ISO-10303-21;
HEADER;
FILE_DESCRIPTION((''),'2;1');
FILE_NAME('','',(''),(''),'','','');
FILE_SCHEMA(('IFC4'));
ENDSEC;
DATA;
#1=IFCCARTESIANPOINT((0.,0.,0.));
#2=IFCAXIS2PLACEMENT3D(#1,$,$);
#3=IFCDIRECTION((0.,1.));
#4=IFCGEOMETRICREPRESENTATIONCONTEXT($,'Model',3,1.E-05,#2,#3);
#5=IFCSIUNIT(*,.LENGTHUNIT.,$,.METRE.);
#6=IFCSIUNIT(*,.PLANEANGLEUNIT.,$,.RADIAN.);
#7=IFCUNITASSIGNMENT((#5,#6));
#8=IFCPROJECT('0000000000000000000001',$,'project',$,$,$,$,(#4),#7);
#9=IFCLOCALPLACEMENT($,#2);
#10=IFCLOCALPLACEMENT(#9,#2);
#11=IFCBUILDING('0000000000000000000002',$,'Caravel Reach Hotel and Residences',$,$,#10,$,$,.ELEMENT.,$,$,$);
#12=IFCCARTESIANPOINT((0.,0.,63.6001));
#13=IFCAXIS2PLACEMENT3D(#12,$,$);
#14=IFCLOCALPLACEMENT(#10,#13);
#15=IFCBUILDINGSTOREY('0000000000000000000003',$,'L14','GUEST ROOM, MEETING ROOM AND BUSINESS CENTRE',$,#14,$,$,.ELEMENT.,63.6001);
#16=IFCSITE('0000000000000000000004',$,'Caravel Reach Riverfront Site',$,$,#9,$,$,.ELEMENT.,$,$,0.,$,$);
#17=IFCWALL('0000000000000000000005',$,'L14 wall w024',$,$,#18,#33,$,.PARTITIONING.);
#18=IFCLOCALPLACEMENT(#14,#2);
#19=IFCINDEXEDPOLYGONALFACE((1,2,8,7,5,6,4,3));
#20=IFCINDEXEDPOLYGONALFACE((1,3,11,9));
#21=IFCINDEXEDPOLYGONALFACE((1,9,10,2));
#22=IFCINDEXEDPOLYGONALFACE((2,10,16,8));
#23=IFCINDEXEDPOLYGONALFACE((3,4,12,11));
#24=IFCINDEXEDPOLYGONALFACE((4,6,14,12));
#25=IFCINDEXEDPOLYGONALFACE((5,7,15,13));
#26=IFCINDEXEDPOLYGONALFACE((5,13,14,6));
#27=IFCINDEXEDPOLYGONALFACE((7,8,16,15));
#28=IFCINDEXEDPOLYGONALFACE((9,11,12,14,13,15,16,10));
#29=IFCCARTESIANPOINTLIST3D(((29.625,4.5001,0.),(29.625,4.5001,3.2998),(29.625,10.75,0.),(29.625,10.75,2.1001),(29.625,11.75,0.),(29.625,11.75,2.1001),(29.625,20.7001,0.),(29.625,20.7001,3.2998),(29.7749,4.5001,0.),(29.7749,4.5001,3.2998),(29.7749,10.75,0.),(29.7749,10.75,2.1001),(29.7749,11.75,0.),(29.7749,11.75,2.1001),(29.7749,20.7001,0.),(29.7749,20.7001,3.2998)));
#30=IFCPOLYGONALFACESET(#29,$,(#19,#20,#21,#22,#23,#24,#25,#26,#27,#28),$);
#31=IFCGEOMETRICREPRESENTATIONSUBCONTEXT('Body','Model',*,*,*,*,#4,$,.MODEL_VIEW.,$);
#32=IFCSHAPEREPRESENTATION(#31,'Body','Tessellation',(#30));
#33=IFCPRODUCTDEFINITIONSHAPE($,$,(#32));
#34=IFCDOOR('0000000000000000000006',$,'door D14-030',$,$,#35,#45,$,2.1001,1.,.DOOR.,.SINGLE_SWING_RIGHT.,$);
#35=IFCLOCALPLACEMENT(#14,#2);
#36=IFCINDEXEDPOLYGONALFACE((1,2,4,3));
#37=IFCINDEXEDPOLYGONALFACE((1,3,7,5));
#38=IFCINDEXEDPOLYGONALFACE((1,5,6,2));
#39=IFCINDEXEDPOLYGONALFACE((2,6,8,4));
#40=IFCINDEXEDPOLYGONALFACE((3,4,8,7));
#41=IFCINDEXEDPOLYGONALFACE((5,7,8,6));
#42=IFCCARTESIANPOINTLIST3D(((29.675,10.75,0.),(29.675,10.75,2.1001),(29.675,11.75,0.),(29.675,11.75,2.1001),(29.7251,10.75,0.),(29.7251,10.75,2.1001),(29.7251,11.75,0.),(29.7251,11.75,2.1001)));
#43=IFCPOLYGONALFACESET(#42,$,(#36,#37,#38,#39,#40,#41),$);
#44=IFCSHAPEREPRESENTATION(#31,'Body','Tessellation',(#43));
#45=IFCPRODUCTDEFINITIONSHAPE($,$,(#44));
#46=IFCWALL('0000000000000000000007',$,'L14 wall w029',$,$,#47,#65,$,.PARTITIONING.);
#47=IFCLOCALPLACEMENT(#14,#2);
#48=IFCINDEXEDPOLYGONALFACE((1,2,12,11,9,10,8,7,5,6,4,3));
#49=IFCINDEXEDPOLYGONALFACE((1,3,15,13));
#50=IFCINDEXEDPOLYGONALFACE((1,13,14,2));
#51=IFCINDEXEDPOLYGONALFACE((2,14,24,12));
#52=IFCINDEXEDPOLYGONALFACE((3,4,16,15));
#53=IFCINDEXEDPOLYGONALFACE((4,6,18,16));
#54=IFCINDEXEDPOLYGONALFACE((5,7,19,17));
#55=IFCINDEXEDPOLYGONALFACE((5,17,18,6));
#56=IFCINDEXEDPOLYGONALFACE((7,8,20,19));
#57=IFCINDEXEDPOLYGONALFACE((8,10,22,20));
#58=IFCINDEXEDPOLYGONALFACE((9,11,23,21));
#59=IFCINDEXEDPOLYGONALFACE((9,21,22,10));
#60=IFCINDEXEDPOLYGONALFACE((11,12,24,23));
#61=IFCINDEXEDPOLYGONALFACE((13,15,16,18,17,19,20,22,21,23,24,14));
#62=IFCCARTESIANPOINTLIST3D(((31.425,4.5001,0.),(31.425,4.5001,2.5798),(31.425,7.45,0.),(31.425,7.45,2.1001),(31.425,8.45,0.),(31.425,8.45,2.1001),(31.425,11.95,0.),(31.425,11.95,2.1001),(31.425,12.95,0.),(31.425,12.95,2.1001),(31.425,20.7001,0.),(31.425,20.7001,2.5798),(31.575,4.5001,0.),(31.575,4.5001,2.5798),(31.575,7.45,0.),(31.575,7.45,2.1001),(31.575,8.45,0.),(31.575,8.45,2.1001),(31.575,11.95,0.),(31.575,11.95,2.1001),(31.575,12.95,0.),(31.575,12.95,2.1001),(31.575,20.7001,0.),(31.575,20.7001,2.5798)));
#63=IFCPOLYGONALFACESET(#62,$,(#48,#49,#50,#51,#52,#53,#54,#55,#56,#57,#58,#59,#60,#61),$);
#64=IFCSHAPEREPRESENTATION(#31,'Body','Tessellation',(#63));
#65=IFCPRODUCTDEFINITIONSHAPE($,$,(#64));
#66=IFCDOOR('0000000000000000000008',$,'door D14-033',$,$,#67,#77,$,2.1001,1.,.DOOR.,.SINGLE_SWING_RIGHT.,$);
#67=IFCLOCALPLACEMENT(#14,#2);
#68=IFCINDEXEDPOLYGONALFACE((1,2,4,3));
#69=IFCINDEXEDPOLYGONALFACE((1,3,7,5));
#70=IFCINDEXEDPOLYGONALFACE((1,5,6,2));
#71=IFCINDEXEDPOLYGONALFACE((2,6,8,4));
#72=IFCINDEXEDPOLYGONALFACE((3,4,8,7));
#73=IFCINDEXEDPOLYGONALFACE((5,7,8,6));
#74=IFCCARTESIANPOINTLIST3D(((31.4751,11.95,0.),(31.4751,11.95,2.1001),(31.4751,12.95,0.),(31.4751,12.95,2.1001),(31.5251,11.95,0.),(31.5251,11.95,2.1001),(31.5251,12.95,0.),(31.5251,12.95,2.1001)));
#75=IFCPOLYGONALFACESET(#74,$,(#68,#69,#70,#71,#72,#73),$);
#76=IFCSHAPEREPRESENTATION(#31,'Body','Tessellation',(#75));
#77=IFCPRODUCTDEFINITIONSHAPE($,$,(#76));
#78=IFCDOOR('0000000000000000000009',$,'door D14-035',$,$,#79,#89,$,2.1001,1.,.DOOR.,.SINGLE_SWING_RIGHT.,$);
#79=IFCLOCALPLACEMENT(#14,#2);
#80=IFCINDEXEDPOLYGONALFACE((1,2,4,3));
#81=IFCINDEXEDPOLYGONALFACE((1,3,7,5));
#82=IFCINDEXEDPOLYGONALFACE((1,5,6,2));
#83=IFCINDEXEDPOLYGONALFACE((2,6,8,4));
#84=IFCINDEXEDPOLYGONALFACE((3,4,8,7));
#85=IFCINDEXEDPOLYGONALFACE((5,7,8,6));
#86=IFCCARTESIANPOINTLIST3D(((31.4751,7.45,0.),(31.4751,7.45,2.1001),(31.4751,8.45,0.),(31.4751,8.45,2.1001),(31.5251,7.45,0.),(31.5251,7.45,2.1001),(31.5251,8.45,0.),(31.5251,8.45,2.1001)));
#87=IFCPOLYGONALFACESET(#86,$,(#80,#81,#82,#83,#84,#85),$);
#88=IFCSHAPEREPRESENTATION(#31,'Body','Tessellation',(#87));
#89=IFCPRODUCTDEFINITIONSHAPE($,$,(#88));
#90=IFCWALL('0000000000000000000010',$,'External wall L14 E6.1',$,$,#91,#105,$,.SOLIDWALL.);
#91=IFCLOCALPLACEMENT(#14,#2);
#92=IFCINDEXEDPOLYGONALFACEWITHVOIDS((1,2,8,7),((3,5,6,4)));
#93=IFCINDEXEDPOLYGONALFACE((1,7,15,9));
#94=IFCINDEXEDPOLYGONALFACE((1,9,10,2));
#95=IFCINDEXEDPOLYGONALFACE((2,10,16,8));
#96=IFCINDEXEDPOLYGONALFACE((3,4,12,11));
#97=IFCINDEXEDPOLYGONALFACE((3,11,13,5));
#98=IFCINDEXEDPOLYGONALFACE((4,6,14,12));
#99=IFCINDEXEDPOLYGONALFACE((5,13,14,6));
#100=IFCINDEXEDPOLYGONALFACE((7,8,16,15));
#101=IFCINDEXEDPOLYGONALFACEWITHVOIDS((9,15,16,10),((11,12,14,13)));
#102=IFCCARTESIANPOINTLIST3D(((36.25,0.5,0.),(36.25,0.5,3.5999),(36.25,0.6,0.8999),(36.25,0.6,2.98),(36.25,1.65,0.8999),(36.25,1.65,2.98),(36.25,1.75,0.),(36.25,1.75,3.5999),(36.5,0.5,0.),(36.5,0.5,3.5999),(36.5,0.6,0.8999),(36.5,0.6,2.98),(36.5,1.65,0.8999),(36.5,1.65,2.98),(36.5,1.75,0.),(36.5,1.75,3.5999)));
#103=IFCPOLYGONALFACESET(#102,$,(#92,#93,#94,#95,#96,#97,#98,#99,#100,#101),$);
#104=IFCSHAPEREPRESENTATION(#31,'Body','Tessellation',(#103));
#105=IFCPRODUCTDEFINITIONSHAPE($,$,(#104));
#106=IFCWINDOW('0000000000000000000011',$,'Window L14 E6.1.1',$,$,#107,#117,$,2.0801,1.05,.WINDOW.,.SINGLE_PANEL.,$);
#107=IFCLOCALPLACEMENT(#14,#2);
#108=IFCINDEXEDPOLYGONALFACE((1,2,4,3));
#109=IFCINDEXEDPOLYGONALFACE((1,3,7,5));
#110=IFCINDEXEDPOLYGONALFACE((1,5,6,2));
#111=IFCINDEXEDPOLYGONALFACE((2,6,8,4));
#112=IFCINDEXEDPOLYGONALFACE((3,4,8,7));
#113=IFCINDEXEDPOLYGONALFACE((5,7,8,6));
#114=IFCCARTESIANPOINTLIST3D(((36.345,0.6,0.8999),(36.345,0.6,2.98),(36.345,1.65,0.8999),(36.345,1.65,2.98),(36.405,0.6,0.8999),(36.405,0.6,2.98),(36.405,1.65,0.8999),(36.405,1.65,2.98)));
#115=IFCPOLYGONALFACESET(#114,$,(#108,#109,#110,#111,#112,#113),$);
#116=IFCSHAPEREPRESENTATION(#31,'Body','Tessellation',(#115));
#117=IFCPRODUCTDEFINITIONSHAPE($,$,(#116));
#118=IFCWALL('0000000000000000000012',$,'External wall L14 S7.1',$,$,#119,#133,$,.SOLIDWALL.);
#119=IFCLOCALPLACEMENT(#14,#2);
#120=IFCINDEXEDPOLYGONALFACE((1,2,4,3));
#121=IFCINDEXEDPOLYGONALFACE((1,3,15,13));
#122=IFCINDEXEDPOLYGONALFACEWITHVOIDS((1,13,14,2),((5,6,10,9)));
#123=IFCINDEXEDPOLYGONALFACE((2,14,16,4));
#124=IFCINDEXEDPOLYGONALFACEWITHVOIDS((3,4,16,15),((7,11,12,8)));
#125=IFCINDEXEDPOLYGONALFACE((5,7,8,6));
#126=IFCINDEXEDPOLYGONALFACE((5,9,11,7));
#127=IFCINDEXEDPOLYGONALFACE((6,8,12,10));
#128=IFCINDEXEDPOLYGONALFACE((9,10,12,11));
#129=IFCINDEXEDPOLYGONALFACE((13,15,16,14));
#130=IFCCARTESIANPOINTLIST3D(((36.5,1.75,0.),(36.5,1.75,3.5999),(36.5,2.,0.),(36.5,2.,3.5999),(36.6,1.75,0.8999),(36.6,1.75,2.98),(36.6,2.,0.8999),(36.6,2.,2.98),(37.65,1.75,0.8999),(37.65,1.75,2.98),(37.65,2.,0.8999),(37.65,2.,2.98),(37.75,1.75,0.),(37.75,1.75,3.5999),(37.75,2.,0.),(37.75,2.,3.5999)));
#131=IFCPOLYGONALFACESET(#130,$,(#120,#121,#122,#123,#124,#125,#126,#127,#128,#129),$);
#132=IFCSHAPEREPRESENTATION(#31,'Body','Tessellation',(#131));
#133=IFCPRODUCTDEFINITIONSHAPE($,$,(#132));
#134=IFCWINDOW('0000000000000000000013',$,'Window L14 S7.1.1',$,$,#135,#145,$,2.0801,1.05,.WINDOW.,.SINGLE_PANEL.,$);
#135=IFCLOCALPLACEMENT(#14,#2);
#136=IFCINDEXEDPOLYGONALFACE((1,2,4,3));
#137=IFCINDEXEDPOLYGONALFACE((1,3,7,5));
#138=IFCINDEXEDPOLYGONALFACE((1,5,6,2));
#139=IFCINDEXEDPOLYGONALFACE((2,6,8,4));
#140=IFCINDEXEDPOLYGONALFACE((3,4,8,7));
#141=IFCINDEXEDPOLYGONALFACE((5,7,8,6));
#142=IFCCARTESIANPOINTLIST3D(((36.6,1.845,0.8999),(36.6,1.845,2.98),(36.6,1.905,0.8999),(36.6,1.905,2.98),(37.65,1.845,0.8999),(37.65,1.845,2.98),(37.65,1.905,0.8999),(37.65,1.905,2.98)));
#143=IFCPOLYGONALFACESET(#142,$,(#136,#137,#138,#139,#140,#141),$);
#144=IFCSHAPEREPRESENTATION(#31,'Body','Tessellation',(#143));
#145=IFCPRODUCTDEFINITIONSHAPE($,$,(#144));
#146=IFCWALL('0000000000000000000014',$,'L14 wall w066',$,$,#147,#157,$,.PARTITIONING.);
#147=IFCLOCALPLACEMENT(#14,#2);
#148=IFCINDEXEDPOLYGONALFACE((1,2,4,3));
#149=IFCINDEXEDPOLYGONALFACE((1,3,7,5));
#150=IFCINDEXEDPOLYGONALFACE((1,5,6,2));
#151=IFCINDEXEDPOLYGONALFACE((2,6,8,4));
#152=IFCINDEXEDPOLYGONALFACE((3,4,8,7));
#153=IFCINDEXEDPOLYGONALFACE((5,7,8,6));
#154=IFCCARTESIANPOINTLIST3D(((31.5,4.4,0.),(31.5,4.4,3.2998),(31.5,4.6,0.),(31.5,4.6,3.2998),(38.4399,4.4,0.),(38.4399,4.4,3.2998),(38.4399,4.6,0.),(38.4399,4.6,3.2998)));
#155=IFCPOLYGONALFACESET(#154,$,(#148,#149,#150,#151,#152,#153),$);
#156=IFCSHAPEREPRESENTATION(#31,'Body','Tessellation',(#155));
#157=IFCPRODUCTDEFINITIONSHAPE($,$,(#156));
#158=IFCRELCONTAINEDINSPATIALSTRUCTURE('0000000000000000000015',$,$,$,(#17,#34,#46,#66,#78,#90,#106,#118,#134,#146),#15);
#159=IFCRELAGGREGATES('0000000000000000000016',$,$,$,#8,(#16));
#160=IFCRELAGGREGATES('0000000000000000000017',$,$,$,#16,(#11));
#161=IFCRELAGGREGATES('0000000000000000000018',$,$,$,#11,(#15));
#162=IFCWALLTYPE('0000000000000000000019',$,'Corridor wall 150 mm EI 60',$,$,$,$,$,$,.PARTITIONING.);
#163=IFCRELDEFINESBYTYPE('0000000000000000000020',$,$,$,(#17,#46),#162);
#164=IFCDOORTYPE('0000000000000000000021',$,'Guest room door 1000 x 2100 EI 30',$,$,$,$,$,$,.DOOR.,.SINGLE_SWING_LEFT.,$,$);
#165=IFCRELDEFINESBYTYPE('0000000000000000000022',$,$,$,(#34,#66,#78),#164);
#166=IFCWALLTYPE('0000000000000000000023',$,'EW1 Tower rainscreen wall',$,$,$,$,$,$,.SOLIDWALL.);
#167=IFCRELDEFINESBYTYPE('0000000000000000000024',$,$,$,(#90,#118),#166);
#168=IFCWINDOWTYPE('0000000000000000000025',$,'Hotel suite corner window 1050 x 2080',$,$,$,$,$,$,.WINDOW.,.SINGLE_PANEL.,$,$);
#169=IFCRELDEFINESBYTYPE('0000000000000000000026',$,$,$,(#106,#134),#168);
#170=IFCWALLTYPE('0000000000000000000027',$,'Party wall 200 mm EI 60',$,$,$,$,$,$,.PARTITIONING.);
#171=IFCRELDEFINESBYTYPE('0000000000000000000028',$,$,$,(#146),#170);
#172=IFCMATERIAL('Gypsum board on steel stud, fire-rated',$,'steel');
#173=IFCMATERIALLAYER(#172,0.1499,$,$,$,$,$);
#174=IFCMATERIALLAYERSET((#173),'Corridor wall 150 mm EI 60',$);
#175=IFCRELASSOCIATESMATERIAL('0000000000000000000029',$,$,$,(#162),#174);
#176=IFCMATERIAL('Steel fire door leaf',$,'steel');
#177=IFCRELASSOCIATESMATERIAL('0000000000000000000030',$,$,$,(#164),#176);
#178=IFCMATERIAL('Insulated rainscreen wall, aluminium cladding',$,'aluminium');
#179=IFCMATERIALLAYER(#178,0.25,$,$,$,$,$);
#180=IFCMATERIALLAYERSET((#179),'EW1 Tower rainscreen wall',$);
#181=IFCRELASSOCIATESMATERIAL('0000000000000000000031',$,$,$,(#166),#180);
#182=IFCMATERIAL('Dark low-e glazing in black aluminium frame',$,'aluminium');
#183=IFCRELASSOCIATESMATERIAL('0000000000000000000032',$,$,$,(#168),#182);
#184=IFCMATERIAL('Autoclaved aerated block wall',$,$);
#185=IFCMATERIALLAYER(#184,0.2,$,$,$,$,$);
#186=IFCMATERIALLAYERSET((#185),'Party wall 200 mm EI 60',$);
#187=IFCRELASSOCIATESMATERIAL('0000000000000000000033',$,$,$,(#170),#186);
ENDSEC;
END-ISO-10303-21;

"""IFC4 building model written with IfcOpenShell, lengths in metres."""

from ifc_helpers import new_model, si_unit, direction, frame, frame_2d, origin, place, context, subcontext, project, spatial, rectangle, extrude, material, layer, layer_set, type_object, element, fill, save


model = new_model("IFC4")

# Units and contexts
model_context = context("Model", 3, precision=1e-05, world=origin(), true_north=direction((0.0, 1.0)))
body_context = subcontext(model_context, "Body", "Model", "MODEL_VIEW")
ifc_project = project(units=[si_unit("LENGTHUNIT", "METRE"), si_unit("PLANEANGLEUNIT", "RADIAN")], contexts=[model_context])

# Site, building, storey
site_placement = place(None, origin())
site = spatial("IfcSite", under=ifc_project, at=site_placement, Name="Caravel Reach Riverfront Site", CompositionType="ELEMENT", RefElevation=0.0)
building_placement = place(site_placement, origin())
building = spatial("IfcBuilding", under=site, at=building_placement, Name="Caravel Reach Hotel and Residences", CompositionType="ELEMENT")
storey_placement = place(building_placement, frame((0.0, 0.0, 63.6001)))
storey = spatial("IfcBuildingStorey", under=building, at=storey_placement, Name="L14", Description="GUEST ROOM, MEETING ROOM AND BUSINESS CENTRE", CompositionType="ELEMENT", Elevation=63.6001)

# Wall, opening, door
ifc_material_1 = material(Name="Gypsum board on steel stud, fire-rated", Category="steel")
ifc_layer_1 = layer(ifc_material_1, 0.1499)
ifc_layer_set_1 = layer_set([ifc_layer_1], Name="Corridor wall 150 mm EI 60")
wall_type_1 = type_object("IfcWallType", Name="Corridor wall 150 mm EI 60", PredefinedType="PARTITIONING", material=ifc_layer_set_1)
ifc_material_2 = material(Name="Steel fire door leaf", Category="steel")
door_type_1 = type_object("IfcDoorType", Name="Guest room door 1000 x 2100 EI 30", OperationType="SINGLE_SWING_LEFT", PredefinedType="DOOR", material=ifc_material_2)
wall_1_placement = place(storey_placement, frame((29.7, 4.5, 0.0), z_axis=(0.0, 0.0, 1.0), x_axis=(0.0, 1.0, 0.0)))
wall_1 = element("IfcWall", 1, at=wall_1_placement, inside=storey, type_object=wall_type_1, Name="L14 wall w024", PredefinedType="PARTITIONING", context=body_context, shape_type="SweptSolid", body=[
    extrude(rectangle(XDim=16.2, YDim=0.1499, at=frame_2d((8.1001, 0.0))), origin(), (0.0, 0.0, 1.0), 3.2998),
])
opening_1_placement = place(wall_1_placement, frame((6.25, 0.0, 0.0)))
opening_1 = element("IfcOpeningElement", 2, at=opening_1_placement, cuts=wall_1, PredefinedType="OPENING", context=body_context, shape_type="SweptSolid", body=[
    extrude(rectangle(XDim=1.0, YDim=2.1001, at=frame_2d((0.5, 1.05))), frame((0.0, 0.085, 0.0), z_axis=(0.0, -1.0, 0.0), x_axis=(1.0, 0.0, 0.0)), (0.0, 0.0, 1.0), 0.1699),
])
door_1_placement = place(opening_1_placement, origin())
door_1 = element("IfcDoor", 3, at=door_1_placement, inside=storey, type_object=door_type_1, Name="door D14-030", OperationType="SINGLE_SWING_RIGHT", OverallHeight=2.1001, OverallWidth=1.0, PredefinedType="DOOR", context=body_context, shape_type="SweptSolid", body=[
    extrude(rectangle(XDim=1.0, YDim=2.1001, at=frame_2d((0.5, 1.05))), frame((0.0, 0.0249, 0.0), z_axis=(0.0, -1.0, 0.0), x_axis=(1.0, 0.0, 0.0)), (0.0, 0.0, 1.0), 0.05),
])
fill(opening_1, door_1)

# Wall, openings, doors
wall_2_placement = place(storey_placement, frame((31.5, 4.5, 0.0), z_axis=(0.0, 0.0, 1.0), x_axis=(0.0, 1.0, 0.0)))
wall_2 = element("IfcWall", 4, at=wall_2_placement, inside=storey, type_object=wall_type_1, Name="L14 wall w029", PredefinedType="PARTITIONING", context=body_context, shape_type="SweptSolid", body=[
    extrude(rectangle(XDim=16.2, YDim=0.1499, at=frame_2d((8.1001, 0.0))), origin(), (0.0, 0.0, 1.0), 2.5798),
])
opening_2_placement = place(wall_2_placement, frame((7.45, 0.0, 0.0)))
opening_2 = element("IfcOpeningElement", 5, at=opening_2_placement, cuts=wall_2, PredefinedType="OPENING", context=body_context, shape_type="SweptSolid", body=[
    extrude(rectangle(XDim=1.0, YDim=2.1001, at=frame_2d((0.5, 1.05))), frame((0.0, 0.085, 0.0), z_axis=(0.0, -1.0, 0.0), x_axis=(1.0, 0.0, 0.0)), (0.0, 0.0, 1.0), 0.1699),
])
opening_3_placement = place(wall_2_placement, frame((2.95, 0.0, 0.0)))
opening_3 = element("IfcOpeningElement", 6, at=opening_3_placement, cuts=wall_2, PredefinedType="OPENING", context=body_context, shape_type="SweptSolid", body=[
    extrude(rectangle(XDim=1.0, YDim=2.1001, at=frame_2d((0.5, 1.05))), frame((0.0, 0.085, 0.0), z_axis=(0.0, -1.0, 0.0), x_axis=(1.0, 0.0, 0.0)), (0.0, 0.0, 1.0), 0.1699),
])
door_2_placement = place(opening_2_placement, origin())
door_2 = element("IfcDoor", 7, at=door_2_placement, inside=storey, type_object=door_type_1, Name="door D14-033", OperationType="SINGLE_SWING_RIGHT", OverallHeight=2.1001, OverallWidth=1.0, PredefinedType="DOOR", context=body_context, shape_type="SweptSolid", body=[
    extrude(rectangle(XDim=1.0, YDim=2.1001, at=frame_2d((0.5, 1.05))), frame((0.0, 0.0249, 0.0), z_axis=(0.0, -1.0, 0.0), x_axis=(1.0, 0.0, 0.0)), (0.0, 0.0, 1.0), 0.05),
])
fill(opening_2, door_2)
door_3_placement = place(opening_3_placement, origin())
door_3 = element("IfcDoor", 8, at=door_3_placement, inside=storey, type_object=door_type_1, Name="door D14-035", OperationType="SINGLE_SWING_RIGHT", OverallHeight=2.1001, OverallWidth=1.0, PredefinedType="DOOR", context=body_context, shape_type="SweptSolid", body=[
    extrude(rectangle(XDim=1.0, YDim=2.1001, at=frame_2d((0.5, 1.05))), frame((0.0, 0.0249, 0.0), z_axis=(0.0, -1.0, 0.0), x_axis=(1.0, 0.0, 0.0)), (0.0, 0.0, 1.0), 0.05),
])
fill(opening_3, door_3)

# Walls, openings, windows
ifc_material_3 = material(Name="Insulated rainscreen wall, aluminium cladding", Category="aluminium")
ifc_layer_2 = layer(ifc_material_3, 0.25)
ifc_layer_set_2 = layer_set([ifc_layer_2], Name="EW1 Tower rainscreen wall")
wall_type_2 = type_object("IfcWallType", Name="EW1 Tower rainscreen wall", PredefinedType="SOLIDWALL", material=ifc_layer_set_2)
wall_3_placement = place(storey_placement, frame((36.375, 0.5, 0.0), z_axis=(0.0, 0.0, 1.0), x_axis=(0.0, 1.0, 0.0)))
wall_3 = element("IfcWall", 9, at=wall_3_placement, inside=storey, type_object=wall_type_2, Name="External wall L14 E6.1", PredefinedType="SOLIDWALL", context=body_context, shape_type="SweptSolid", body=[
    extrude(rectangle(XDim=1.25, YDim=0.25, at=frame_2d((0.625, 0.0))), origin(), (0.0, 0.0, 1.0), 3.5999),
])
opening_4_placement = place(wall_3_placement, frame((0.1001, 0.0, 0.8999)))
opening_4 = element("IfcOpeningElement", 10, at=opening_4_placement, cuts=wall_3, PredefinedType="OPENING", context=body_context, shape_type="SweptSolid", body=[
    extrude(rectangle(XDim=1.05, YDim=2.0801, at=frame_2d((0.5249, 1.04))), frame((0.0, 0.135, 0.0), z_axis=(0.0, -1.0, 0.0), x_axis=(1.0, 0.0, 0.0)), (0.0, 0.0, 1.0), 0.27),
])
ifc_material_4 = material(Name="Dark low-e glazing in black aluminium frame", Category="aluminium")
window_type = type_object("IfcWindowType", Name="Hotel suite corner window 1050 x 2080", PartitioningType="SINGLE_PANEL", PredefinedType="WINDOW", material=ifc_material_4)
window_1_placement = place(opening_4_placement, origin())
window_1 = element("IfcWindow", 11, at=window_1_placement, inside=storey, type_object=window_type, Name="Window L14 E6.1.1", OverallHeight=2.0801, OverallWidth=1.05, PartitioningType="SINGLE_PANEL", PredefinedType="WINDOW", context=body_context, shape_type="SweptSolid", body=[
    extrude(rectangle(XDim=1.05, YDim=2.0801, at=frame_2d((0.5249, 1.04))), frame((0.0, 0.03, 0.0), z_axis=(0.0, -1.0, 0.0), x_axis=(1.0, 0.0, 0.0)), (0.0, 0.0, 1.0), 0.0601),
])
fill(opening_4, window_1)
wall_4_placement = place(storey_placement, frame((36.5, 1.875, 0.0), z_axis=(0.0, 0.0, 1.0), x_axis=(1.0, 0.0, 0.0)))
wall_4 = element("IfcWall", 12, at=wall_4_placement, inside=storey, type_object=wall_type_2, Name="External wall L14 S7.1", PredefinedType="SOLIDWALL", context=body_context, shape_type="SweptSolid", body=[
    extrude(rectangle(XDim=1.25, YDim=0.25, at=frame_2d((0.625, 0.0))), origin(), (0.0, 0.0, 1.0), 3.5999),
])
opening_5_placement = place(wall_4_placement, frame((0.1001, 0.0, 0.8999)))
opening_5 = element("IfcOpeningElement", 13, at=opening_5_placement, cuts=wall_4, PredefinedType="OPENING", context=body_context, shape_type="SweptSolid", body=[
    extrude(rectangle(XDim=1.05, YDim=2.0801, at=frame_2d((0.5249, 1.04))), frame((0.0, 0.135, 0.0), z_axis=(0.0, -1.0, 0.0), x_axis=(1.0, 0.0, 0.0)), (0.0, 0.0, 1.0), 0.27),
])
window_2_placement = place(opening_5_placement, origin())
window_2 = element("IfcWindow", 14, at=window_2_placement, inside=storey, type_object=window_type, Name="Window L14 S7.1.1", OverallHeight=2.0801, OverallWidth=1.05, PartitioningType="SINGLE_PANEL", PredefinedType="WINDOW", context=body_context, shape_type="SweptSolid", body=[
    extrude(rectangle(XDim=1.05, YDim=2.0801, at=frame_2d((0.5249, 1.04))), frame((0.0, 0.03, 0.0), z_axis=(0.0, -1.0, 0.0), x_axis=(1.0, 0.0, 0.0)), (0.0, 0.0, 1.0), 0.0601),
])
fill(opening_5, window_2)

# Wall
ifc_material_5 = material(Name="Autoclaved aerated block wall")
ifc_layer_3 = layer(ifc_material_5, 0.2)
ifc_layer_set_3 = layer_set([ifc_layer_3], Name="Party wall 200 mm EI 60")
wall_type_3 = type_object("IfcWallType", Name="Party wall 200 mm EI 60", PredefinedType="PARTITIONING", material=ifc_layer_set_3)
wall_5_placement = place(storey_placement, frame((31.5, 4.5, 0.0), z_axis=(0.0, 0.0, 1.0), x_axis=(1.0, 0.0, 0.0)))
element("IfcWall", 15, at=wall_5_placement, inside=storey, type_object=wall_type_3, Name="L14 wall w066", PredefinedType="PARTITIONING", context=body_context, shape_type="SweptSolid", body=[
    extrude(rectangle(XDim=6.9399, YDim=0.2, at=frame_2d((3.47, 0.0))), origin(), (0.0, 0.0, 1.0), 3.2998),
])

save(model, "model.ifc")
